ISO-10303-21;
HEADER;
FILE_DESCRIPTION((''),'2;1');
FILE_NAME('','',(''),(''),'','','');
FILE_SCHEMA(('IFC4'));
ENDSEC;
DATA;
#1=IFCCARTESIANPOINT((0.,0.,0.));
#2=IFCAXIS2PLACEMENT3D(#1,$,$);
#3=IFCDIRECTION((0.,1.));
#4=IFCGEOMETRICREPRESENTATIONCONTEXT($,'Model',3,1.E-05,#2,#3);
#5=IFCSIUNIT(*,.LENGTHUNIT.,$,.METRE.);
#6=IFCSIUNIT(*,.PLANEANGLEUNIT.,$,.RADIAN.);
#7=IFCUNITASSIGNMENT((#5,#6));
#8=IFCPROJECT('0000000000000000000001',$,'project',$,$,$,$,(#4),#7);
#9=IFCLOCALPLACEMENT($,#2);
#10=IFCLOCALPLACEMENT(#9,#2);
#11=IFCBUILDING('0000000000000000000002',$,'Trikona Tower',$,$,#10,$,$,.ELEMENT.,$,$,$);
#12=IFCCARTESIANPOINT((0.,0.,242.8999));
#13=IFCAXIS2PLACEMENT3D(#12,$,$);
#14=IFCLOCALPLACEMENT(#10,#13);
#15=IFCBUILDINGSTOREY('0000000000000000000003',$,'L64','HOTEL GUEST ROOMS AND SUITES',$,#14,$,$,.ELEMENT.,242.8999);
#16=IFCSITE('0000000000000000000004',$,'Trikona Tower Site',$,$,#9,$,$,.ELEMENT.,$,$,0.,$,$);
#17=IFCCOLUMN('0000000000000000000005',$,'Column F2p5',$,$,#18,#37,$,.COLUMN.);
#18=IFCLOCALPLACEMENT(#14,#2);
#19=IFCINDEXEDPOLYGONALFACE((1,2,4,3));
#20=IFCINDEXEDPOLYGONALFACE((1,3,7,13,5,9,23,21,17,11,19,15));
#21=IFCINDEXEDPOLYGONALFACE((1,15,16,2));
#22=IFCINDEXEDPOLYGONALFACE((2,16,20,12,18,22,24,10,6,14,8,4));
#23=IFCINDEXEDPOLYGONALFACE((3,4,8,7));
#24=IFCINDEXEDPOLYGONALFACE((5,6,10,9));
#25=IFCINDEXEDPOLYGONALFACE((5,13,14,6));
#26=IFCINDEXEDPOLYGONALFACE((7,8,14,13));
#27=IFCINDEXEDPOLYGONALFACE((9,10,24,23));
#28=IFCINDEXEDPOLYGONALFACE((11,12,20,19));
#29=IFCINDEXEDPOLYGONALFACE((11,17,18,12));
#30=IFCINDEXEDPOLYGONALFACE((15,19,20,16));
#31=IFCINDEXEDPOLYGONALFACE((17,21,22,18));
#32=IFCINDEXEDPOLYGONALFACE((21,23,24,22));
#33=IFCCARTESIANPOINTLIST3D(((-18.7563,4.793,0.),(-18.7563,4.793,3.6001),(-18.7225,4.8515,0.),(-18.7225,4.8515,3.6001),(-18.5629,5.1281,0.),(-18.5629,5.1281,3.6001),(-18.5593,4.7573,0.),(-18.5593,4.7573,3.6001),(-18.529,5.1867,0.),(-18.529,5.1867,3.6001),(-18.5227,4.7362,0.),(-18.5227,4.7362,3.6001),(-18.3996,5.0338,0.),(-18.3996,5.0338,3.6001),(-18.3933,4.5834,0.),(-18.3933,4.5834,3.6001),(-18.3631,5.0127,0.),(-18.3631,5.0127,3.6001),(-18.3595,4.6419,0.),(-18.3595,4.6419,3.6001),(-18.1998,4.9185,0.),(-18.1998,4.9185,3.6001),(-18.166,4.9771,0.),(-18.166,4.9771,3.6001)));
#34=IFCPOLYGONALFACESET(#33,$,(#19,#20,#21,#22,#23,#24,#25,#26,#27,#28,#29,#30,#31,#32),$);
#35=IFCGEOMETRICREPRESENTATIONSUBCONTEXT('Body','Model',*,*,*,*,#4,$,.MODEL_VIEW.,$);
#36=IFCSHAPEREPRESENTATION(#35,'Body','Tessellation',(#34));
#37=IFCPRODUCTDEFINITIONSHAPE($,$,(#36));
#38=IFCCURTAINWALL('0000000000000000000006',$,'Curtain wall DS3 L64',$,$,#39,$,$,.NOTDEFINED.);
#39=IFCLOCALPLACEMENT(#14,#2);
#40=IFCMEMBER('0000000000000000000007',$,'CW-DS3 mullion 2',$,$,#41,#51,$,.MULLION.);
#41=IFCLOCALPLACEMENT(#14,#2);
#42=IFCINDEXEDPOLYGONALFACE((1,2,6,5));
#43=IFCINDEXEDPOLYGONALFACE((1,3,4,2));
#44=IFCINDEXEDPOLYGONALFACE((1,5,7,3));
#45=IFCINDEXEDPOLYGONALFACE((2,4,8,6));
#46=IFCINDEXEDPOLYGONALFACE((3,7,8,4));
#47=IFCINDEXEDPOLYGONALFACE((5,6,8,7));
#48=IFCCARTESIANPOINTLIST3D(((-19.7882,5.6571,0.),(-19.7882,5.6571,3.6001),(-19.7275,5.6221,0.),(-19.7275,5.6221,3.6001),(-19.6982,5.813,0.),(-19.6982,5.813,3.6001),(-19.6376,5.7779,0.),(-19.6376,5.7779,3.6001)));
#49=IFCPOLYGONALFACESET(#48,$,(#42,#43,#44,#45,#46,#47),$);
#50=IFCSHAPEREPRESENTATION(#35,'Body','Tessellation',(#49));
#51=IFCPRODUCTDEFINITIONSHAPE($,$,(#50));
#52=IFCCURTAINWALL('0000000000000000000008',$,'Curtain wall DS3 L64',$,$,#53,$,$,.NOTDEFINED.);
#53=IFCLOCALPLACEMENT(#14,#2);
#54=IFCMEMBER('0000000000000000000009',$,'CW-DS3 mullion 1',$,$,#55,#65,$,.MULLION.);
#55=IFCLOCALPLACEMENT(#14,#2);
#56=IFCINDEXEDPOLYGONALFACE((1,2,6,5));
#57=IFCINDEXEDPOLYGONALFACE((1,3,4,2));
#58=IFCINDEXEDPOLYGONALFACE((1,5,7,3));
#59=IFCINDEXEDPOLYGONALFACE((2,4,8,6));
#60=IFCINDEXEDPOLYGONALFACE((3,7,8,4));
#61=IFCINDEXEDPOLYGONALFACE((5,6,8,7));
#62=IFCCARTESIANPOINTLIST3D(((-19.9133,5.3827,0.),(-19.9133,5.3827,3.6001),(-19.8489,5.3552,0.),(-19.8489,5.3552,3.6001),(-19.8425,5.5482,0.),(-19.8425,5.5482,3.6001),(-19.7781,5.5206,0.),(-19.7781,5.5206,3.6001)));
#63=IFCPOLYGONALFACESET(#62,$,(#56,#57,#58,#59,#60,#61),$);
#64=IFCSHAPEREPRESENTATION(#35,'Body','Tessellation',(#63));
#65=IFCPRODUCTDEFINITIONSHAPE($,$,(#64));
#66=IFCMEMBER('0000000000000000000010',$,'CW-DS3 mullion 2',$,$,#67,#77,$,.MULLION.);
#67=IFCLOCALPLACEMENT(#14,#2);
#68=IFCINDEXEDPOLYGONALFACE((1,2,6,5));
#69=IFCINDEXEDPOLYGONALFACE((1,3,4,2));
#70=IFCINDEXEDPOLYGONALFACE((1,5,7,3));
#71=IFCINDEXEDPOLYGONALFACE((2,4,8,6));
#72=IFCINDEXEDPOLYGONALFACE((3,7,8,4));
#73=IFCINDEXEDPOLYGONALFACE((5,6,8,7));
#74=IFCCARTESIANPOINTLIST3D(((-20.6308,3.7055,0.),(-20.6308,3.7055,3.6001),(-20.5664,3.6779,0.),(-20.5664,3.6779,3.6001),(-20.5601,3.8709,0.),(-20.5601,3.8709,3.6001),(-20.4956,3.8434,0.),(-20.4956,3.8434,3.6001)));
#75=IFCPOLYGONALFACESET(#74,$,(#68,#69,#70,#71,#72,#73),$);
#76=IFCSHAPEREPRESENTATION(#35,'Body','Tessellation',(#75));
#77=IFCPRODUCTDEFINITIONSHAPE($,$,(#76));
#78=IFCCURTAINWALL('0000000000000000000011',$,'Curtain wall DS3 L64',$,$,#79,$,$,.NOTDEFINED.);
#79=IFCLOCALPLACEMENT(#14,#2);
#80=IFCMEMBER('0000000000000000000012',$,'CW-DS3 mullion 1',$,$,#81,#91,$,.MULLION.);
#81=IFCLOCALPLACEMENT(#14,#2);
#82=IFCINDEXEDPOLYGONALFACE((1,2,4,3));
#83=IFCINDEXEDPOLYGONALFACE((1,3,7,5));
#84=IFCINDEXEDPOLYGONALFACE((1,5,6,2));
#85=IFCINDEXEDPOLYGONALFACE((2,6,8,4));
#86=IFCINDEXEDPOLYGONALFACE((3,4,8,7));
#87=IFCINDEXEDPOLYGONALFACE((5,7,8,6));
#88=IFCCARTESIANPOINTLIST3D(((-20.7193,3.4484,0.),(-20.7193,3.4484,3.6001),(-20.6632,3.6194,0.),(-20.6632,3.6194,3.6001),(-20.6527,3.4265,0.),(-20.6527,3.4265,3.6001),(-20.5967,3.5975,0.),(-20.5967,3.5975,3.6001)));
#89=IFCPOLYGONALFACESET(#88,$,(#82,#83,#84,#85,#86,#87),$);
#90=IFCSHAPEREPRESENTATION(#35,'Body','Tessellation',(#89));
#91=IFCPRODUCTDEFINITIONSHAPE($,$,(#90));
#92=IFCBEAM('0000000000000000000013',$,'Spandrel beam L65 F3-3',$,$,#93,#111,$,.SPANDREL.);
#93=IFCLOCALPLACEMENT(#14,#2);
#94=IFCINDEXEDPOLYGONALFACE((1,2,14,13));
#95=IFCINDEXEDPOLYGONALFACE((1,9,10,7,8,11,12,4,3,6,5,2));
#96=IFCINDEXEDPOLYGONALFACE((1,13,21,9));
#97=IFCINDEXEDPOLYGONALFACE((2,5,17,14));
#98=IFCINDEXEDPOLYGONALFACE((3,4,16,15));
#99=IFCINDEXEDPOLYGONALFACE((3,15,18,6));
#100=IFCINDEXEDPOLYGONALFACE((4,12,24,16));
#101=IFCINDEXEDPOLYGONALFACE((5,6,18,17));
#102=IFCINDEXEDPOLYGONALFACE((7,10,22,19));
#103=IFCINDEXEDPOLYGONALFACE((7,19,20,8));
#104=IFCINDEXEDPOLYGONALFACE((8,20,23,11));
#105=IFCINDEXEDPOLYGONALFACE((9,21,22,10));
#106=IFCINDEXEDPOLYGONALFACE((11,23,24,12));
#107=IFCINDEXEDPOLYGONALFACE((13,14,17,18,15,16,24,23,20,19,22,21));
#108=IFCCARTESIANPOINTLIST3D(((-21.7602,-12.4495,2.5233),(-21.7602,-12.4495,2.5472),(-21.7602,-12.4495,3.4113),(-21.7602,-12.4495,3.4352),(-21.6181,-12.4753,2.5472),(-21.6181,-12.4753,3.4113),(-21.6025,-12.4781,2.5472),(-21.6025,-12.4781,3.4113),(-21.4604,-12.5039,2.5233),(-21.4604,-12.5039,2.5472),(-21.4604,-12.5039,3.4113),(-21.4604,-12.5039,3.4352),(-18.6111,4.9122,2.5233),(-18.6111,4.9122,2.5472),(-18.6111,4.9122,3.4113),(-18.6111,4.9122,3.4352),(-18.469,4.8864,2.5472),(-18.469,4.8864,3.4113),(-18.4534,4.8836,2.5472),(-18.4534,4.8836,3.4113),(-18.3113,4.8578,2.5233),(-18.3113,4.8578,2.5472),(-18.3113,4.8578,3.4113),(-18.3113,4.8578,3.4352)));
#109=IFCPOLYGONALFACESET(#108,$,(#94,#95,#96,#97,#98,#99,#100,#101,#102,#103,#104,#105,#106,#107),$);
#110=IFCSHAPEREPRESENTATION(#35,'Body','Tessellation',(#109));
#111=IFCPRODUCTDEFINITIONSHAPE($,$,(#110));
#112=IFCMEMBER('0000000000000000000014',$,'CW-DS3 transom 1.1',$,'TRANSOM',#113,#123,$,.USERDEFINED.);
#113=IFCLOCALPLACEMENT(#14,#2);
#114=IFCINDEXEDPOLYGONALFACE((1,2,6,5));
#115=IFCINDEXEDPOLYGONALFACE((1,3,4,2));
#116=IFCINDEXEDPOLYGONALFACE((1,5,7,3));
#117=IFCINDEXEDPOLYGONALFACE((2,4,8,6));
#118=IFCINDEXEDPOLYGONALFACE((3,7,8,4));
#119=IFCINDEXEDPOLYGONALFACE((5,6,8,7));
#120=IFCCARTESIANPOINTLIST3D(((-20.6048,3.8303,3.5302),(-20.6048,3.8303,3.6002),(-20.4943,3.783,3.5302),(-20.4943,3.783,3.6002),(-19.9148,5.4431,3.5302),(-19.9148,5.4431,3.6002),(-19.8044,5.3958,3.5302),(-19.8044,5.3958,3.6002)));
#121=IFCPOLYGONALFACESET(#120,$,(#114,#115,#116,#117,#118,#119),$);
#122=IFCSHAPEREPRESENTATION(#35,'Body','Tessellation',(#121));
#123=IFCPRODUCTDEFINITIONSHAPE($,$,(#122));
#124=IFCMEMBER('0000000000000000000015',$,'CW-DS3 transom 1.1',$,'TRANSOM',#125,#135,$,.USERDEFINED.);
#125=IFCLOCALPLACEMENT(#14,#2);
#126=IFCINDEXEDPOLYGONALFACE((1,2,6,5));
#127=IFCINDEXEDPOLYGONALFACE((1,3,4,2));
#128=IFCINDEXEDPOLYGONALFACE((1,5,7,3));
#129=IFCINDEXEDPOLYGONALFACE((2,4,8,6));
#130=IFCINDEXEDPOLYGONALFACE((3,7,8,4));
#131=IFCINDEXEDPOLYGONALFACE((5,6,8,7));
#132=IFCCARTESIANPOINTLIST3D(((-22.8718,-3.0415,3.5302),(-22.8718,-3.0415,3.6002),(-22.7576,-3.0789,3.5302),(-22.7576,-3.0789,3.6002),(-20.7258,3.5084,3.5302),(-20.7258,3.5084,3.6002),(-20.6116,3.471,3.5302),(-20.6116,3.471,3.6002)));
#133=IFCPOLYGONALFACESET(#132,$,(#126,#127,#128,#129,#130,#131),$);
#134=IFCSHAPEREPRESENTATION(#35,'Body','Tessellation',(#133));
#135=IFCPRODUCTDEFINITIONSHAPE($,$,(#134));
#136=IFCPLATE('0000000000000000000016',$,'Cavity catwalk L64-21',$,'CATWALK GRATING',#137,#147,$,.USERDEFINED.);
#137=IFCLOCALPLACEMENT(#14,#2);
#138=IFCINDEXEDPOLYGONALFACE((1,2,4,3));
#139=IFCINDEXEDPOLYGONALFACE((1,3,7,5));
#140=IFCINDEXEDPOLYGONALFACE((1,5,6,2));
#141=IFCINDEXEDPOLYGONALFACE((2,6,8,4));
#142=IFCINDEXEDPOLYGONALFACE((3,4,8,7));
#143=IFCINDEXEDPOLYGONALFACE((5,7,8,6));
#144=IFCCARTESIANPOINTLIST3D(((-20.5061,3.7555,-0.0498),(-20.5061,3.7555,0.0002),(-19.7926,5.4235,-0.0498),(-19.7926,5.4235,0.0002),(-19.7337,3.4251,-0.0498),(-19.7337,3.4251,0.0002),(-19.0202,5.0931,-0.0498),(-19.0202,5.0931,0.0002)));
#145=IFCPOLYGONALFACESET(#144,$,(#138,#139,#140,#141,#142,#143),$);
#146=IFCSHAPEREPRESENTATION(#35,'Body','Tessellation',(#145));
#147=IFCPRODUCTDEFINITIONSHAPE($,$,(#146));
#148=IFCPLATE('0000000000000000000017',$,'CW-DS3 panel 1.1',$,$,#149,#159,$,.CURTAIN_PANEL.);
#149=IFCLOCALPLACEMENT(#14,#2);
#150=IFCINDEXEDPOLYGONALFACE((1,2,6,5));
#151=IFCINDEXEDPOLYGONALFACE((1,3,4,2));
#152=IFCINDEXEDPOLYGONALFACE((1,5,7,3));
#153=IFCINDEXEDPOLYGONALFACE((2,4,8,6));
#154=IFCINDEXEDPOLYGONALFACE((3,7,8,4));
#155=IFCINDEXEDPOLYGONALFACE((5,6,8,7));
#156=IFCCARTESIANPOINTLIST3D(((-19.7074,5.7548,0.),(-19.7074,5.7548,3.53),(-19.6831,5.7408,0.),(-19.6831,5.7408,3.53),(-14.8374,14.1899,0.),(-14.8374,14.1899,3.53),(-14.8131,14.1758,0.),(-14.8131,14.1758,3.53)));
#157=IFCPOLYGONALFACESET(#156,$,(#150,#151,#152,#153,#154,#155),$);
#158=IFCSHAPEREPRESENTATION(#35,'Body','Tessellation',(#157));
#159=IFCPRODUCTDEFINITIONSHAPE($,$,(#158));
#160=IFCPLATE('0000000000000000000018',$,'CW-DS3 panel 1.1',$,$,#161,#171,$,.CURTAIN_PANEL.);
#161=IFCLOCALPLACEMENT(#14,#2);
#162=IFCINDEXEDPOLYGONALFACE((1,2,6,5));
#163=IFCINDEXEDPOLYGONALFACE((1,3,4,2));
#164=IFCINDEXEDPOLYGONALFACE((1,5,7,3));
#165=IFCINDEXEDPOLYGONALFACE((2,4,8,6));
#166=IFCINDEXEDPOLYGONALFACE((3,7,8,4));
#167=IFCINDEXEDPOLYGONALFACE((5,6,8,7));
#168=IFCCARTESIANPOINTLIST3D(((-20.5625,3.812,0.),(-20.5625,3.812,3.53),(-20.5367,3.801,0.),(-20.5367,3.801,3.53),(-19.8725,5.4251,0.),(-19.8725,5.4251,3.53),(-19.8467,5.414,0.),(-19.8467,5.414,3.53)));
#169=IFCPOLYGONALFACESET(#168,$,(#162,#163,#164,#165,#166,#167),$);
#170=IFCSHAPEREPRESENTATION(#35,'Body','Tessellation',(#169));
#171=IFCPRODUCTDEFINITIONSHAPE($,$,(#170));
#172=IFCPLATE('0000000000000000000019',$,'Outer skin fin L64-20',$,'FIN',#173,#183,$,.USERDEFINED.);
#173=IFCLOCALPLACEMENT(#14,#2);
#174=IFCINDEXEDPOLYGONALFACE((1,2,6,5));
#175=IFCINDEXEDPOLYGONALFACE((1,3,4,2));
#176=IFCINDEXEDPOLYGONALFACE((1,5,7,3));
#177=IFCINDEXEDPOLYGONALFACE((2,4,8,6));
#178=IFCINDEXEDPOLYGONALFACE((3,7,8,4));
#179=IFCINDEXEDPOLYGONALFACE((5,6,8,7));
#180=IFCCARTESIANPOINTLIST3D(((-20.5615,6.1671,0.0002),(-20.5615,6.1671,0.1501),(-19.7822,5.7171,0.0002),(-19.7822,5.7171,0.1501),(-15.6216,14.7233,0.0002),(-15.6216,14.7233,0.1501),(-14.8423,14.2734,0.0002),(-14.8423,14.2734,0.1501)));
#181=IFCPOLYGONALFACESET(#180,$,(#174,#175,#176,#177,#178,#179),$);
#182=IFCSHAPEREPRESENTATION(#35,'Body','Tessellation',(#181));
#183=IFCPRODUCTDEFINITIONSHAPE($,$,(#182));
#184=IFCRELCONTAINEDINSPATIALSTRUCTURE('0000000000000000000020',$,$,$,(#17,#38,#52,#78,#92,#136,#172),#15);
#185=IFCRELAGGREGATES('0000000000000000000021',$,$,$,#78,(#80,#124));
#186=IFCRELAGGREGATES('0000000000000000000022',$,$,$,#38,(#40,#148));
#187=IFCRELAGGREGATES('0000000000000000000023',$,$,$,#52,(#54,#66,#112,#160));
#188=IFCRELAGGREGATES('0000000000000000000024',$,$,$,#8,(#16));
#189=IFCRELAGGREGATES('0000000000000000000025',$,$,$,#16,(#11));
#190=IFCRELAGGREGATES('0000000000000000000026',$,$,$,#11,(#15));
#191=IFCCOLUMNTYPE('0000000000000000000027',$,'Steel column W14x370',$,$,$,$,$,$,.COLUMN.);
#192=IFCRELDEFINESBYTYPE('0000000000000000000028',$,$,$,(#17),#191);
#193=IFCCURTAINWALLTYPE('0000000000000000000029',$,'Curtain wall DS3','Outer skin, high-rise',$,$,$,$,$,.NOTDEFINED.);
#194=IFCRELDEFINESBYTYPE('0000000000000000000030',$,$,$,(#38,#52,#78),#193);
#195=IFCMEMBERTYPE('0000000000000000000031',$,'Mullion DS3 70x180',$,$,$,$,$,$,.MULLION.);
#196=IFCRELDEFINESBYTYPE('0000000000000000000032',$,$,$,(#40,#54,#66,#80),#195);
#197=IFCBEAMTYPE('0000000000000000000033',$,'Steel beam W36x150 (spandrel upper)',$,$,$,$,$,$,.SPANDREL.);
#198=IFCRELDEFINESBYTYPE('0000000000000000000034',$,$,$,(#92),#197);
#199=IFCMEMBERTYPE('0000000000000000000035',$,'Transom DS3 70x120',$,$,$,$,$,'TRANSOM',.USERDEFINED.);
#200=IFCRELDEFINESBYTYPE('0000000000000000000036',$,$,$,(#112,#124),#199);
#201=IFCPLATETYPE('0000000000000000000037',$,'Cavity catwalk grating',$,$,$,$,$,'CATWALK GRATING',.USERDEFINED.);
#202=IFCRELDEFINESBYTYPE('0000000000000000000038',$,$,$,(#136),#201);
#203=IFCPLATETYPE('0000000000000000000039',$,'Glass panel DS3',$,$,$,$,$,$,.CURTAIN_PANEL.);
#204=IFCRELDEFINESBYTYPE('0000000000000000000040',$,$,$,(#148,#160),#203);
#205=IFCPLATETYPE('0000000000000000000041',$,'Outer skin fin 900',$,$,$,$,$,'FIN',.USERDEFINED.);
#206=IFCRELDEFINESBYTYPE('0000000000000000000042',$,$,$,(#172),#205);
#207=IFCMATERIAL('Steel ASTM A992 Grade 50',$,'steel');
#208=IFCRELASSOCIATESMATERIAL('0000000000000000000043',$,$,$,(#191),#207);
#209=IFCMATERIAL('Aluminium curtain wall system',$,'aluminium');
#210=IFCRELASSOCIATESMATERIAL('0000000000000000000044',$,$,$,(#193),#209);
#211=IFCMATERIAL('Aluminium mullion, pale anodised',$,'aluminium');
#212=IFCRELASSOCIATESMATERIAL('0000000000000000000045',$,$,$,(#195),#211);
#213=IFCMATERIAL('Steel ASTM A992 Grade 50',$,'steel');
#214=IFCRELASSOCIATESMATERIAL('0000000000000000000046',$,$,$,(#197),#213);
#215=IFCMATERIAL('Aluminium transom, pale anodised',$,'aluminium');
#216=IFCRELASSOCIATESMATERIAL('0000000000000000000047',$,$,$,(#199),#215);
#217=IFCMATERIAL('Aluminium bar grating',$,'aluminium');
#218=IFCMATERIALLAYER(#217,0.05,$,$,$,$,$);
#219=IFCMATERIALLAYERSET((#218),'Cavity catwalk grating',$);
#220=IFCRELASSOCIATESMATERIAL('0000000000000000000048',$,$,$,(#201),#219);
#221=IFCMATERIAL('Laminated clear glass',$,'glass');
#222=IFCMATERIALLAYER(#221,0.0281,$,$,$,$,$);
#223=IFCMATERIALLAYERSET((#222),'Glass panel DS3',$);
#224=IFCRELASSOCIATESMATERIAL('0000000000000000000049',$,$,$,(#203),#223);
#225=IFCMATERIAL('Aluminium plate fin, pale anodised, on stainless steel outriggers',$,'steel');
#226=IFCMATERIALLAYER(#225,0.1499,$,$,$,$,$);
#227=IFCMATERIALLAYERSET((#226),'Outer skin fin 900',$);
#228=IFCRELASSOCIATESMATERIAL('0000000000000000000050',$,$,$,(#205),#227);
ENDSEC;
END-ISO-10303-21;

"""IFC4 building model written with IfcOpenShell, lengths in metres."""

from ifc_helpers import new_model, si_unit, direction, frame, origin, origin_2d, place, context, subcontext, project, spatial, rectangle, i_section, extrude, material, layer, layer_set, material_profile, profile_set, type_object, element, aggregate, save


model = new_model("IFC4")

# Units and contexts
model_context = context("Model", 3, precision=1e-05, world=origin(), true_north=direction((0.0, 1.0)))
body_context = subcontext(model_context, "Body", "Model", "MODEL_VIEW")
ifc_project = project(units=[si_unit("LENGTHUNIT", "METRE"), si_unit("PLANEANGLEUNIT", "RADIAN")], contexts=[model_context])

# Site, building, storey
site_placement = place(None, origin())
site = spatial("IfcSite", under=ifc_project, at=site_placement, Name="Trikona Tower Site", CompositionType="ELEMENT", RefElevation=0.0)
building_placement = place(site_placement, origin())
building = spatial("IfcBuilding", under=site, at=building_placement, Name="Trikona Tower", CompositionType="ELEMENT")
storey_placement = place(building_placement, frame((0.0, 0.0, 242.8999)))
storey = spatial("IfcBuildingStorey", under=building, at=storey_placement, Name="L64", Description="HOTEL GUEST ROOMS AND SUITES", CompositionType="ELEMENT", Elevation=242.8999)

# Column
ifc_material_1 = material(Name="Steel ASTM A992 Grade 50", Category="steel")
ifc_material_profile_1 = material_profile(ifc_material_1, i_section(OverallWidth=0.4192, OverallDepth=0.4546, WebThickness=0.0422, FlangeThickness=0.0676, at=origin_2d()), Name="W14X370")
ifc_profile_set_1 = profile_set([ifc_material_profile_1], Name="Steel ASTM A992 Grade 50")
column_type = type_object("IfcColumnType", Name="Steel column W14x370", PredefinedType="COLUMN", material=ifc_profile_set_1)
column_placement = place(storey_placement, frame((-18.4612, 4.885, 0.0), z_axis=(0.0, 0.0, 1.0), x_axis=(-0.866025, 0.5, 0.0)))
element("IfcColumn", 1, at=column_placement, inside=storey, type_object=column_type, Name="Column F2p5", PredefinedType="COLUMN", context=body_context, shape_type="SweptSolid", body=[
    extrude(i_section(OverallWidth=0.4192, OverallDepth=0.4546, WebThickness=0.0422, FlangeThickness=0.0676, at=origin_2d()), origin(), (0.0, 0.0, 1.0), 3.6001),
])

# Curtain wall, member
ifc_material_2 = material(Name="Aluminium curtain wall system", Category="aluminium")
curtain_wall_type = type_object("IfcCurtainWallType", Name="Curtain wall DS3", Description="Outer skin, high-rise", PredefinedType="NOTDEFINED", material=ifc_material_2)
curtain_wall_1_placement = place(storey_placement, origin())
curtain_wall_1 = element("IfcCurtainWall", 2, at=curtain_wall_1_placement, inside=storey, type_object=curtain_wall_type, Name="Curtain wall DS3 L64", PredefinedType="NOTDEFINED")
ifc_material_3 = material(Name="Aluminium mullion, pale anodised", Category="aluminium")
ifc_material_profile_2 = material_profile(ifc_material_3, rectangle(XDim=0.0701, YDim=0.1799, at=origin_2d()), Name="MUL-DS3")
ifc_profile_set_2 = profile_set([ifc_material_profile_2], Name="Aluminium mullion, pale anodised")
member_type_1 = type_object("IfcMemberType", Name="Mullion DS3 70x180", PredefinedType="MULLION", material=ifc_profile_set_2)
member_1_placement = place(storey_placement, frame((-19.7129, 5.7175, 0.0), z_axis=(0.0, 0.0, 1.0), x_axis=(0.866025, -0.500001, 0.0)))
member_1 = element("IfcMember", 3, at=member_1_placement, type_object=member_type_1, Name="CW-DS3 mullion 2", PredefinedType="MULLION", context=body_context, shape_type="SweptSolid", body=[
    extrude(rectangle(XDim=0.0701, YDim=0.1799, at=origin_2d()), origin(), (0.0, 0.0, 1.0), 3.6001),
])

# Curtain wall, members
curtain_wall_2_placement = place(storey_placement, origin())
curtain_wall_2 = element("IfcCurtainWall", 4, at=curtain_wall_2_placement, inside=storey, type_object=curtain_wall_type, Name="Curtain wall DS3 L64", PredefinedType="NOTDEFINED")
member_2_placement = place(storey_placement, frame((-19.8457, 5.4517, 0.0), z_axis=(0.0, 0.0, 1.0), x_axis=(0.919421, -0.393276, 0.0)))
member_2 = element("IfcMember", 5, at=member_2_placement, type_object=member_type_1, Name="CW-DS3 mullion 1", PredefinedType="MULLION", context=body_context, shape_type="SweptSolid", body=[
    extrude(rectangle(XDim=0.0701, YDim=0.1799, at=origin_2d()), origin(), (0.0, 0.0, 1.0), 3.6001),
])
member_3_placement = place(storey_placement, frame((-20.5632, 3.7744, 0.0), z_axis=(0.0, 0.0, 1.0), x_axis=(0.919421, -0.393276, 0.0)))
member_3 = element("IfcMember", 6, at=member_3_placement, type_object=member_type_1, Name="CW-DS3 mullion 2", PredefinedType="MULLION", context=body_context, shape_type="SweptSolid", body=[
    extrude(rectangle(XDim=0.0701, YDim=0.1799, at=origin_2d()), origin(), (0.0, 0.0, 1.0), 3.6001),
])

# Curtain wall, member
curtain_wall_3_placement = place(storey_placement, origin())
curtain_wall_3 = element("IfcCurtainWall", 7, at=curtain_wall_3_placement, inside=storey, type_object=curtain_wall_type, Name="Curtain wall DS3 L64", PredefinedType="NOTDEFINED")
member_4_placement = place(storey_placement, frame((-20.658, 3.5229, 0.0), z_axis=(0.0, 0.0, 1.0), x_axis=(0.950297, -0.311344, 0.0)))
member_4 = element("IfcMember", 8, at=member_4_placement, type_object=member_type_1, Name="CW-DS3 mullion 1", PredefinedType="MULLION", context=body_context, shape_type="SweptSolid", body=[
    extrude(rectangle(XDim=0.0701, YDim=0.1799, at=origin_2d()), origin(), (0.0, 0.0, 1.0), 3.6001),
])

# Beam
ifc_material_4 = material(Name="Steel ASTM A992 Grade 50", Category="steel")
ifc_material_profile_3 = material_profile(ifc_material_4, i_section(OverallWidth=0.3047, OverallDepth=0.9119, WebThickness=0.0159, FlangeThickness=0.0239, at=origin_2d()), Name="W36X150")
ifc_profile_set_3 = profile_set([ifc_material_profile_3], Name="Steel ASTM A992 Grade 50")
beam_type = type_object("IfcBeamType", Name="Steel beam W36x150 (spandrel upper)", PredefinedType="SPANDREL", material=ifc_profile_set_3)
beam_placement = place(storey_placement, frame((-18.4612, 4.885, 2.9792), z_axis=(-0.178473, -0.983945, 0.0), x_axis=(0.983945, -0.178473, 0.0)))
element("IfcBeam", 9, at=beam_placement, inside=storey, type_object=beam_type, Name="Spandrel beam L65 F3-3", PredefinedType="SPANDREL", context=body_context, shape_type="SweptSolid", body=[
    extrude(i_section(OverallWidth=0.3047, OverallDepth=0.9119, WebThickness=0.0159, FlangeThickness=0.0239, at=origin_2d()), origin(), (0.0, 0.0, 1.0), 17.645),
])

# Members
ifc_material_5 = material(Name="Aluminium transom, pale anodised", Category="aluminium")
ifc_material_profile_4 = material_profile(ifc_material_5, rectangle(XDim=0.1201, YDim=0.0701, at=origin_2d()), Name="TRN-DS3")
ifc_profile_set_4 = profile_set([ifc_material_profile_4], Name="Aluminium transom, pale anodised")
member_type_2 = type_object("IfcMemberType", Name="Transom DS3 70x120", ElementType="TRANSOM", PredefinedType="USERDEFINED", material=ifc_profile_set_4)
member_5_placement = place(storey_placement, frame((-19.8596, 5.4194, 3.5652), z_axis=(-0.393315, -0.919404, 0.0), x_axis=(0.919404, -0.393315, 0.0)))
member_5 = element("IfcMember", 10, at=member_5_placement, type_object=member_type_2, Name="CW-DS3 transom 1.1", ObjectType="TRANSOM", PredefinedType="USERDEFINED", context=body_context, shape_type="SweptSolid", body=[
    extrude(rectangle(XDim=0.1201, YDim=0.0701, at=origin_2d()), origin(), (0.0, 0.0, 1.0), 1.7542),
])
member_6_placement = place(storey_placement, frame((-20.6687, 3.4897, 3.5652), z_axis=(-0.311346, -0.950297, 0.0), x_axis=(0.950297, -0.311346, 0.0)))
member_6 = element("IfcMember", 11, at=member_6_placement, type_object=member_type_2, Name="CW-DS3 transom 1.1", ObjectType="TRANSOM", PredefinedType="USERDEFINED", context=body_context, shape_type="SweptSolid", body=[
    extrude(rectangle(XDim=0.1201, YDim=0.0701, at=origin_2d()), origin(), (0.0, 0.0, 1.0), 6.8926),
])
aggregate(curtain_wall_3, [member_4, member_6])

# Plates
ifc_material_6 = material(Name="Aluminium bar grating", Category="aluminium")
ifc_layer_1 = layer(ifc_material_6, 0.05)
ifc_layer_set_1 = layer_set([ifc_layer_1], Name="Cavity catwalk grating")
plate_type_1 = type_object("IfcPlateType", Name="Cavity catwalk grating", ElementType="CATWALK GRATING", PredefinedType="USERDEFINED", material=ifc_layer_set_1)
plate_1_placement = place(storey_placement, frame((-19.7632, 4.4243, -0.0498), z_axis=(0.0, 0.0, 1.0), x_axis=(-0.393284, -0.919417, 0.0)))
element("IfcPlate", 12, at=plate_1_placement, inside=storey, type_object=plate_type_1, Name="Cavity catwalk L64-21", ObjectType="CATWALK GRATING", PredefinedType="USERDEFINED", context=body_context, shape_type="SweptSolid", body=[
    extrude(rectangle(XDim=1.8142, YDim=0.8401, at=origin_2d()), origin(), (0.0, 0.0, 1.0), 0.05),
])
ifc_material_7 = material(Name="Laminated clear glass", Category="glass")
ifc_layer_2 = layer(ifc_material_7, 0.0281)
ifc_layer_set_2 = layer_set([ifc_layer_2], Name="Glass panel DS3")
plate_type_2 = type_object("IfcPlateType", Name="Glass panel DS3", PredefinedType="CURTAIN_PANEL", material=ifc_layer_set_2)
plate_2_placement = place(storey_placement, frame((-17.2603, 9.9653, 0.0), z_axis=(0.0, 0.0, 1.0), x_axis=(-0.500001, -0.866025, 0.0)))
plate_2 = element("IfcPlate", 13, at=plate_2_placement, type_object=plate_type_2, Name="CW-DS3 panel 1.1", PredefinedType="CURTAIN_PANEL", context=body_context, shape_type="SweptSolid", body=[
    extrude(rectangle(XDim=9.74, YDim=0.0281, at=origin_2d()), origin(), (0.0, 0.0, 1.0), 3.53),
])
aggregate(curtain_wall_1, [member_1, plate_2])
plate_3_placement = place(storey_placement, frame((-20.2046, 4.613, 0.0), z_axis=(0.0, 0.0, 1.0), x_axis=(-0.393276, -0.919421, 0.0)))
plate_3 = element("IfcPlate", 14, at=plate_3_placement, type_object=plate_type_2, Name="CW-DS3 panel 1.1", PredefinedType="CURTAIN_PANEL", context=body_context, shape_type="SweptSolid", body=[
    extrude(rectangle(XDim=1.7544, YDim=0.0281, at=origin_2d()), origin(), (0.0, 0.0, 1.0), 3.53),
])
aggregate(curtain_wall_2, [member_2, member_3, member_5, plate_3])

# Plate
ifc_material_8 = material(Name="Aluminium plate fin, pale anodised, on stainless steel outriggers", Category="steel")
ifc_layer_3 = layer(ifc_material_8, 0.1499)
ifc_layer_set_3 = layer_set([ifc_layer_3], Name="Outer skin fin 900")
plate_type_3 = type_object("IfcPlateType", Name="Outer skin fin 900", ElementType="FIN", PredefinedType="USERDEFINED", material=ifc_layer_set_3)
plate_4_placement = place(storey_placement, frame((-17.7019, 10.2202, 0.0002), z_axis=(0.0, 0.0, 1.0), x_axis=(-0.499998, -0.866026, 0.0)))
element("IfcPlate", 15, at=plate_4_placement, inside=storey, type_object=plate_type_3, Name="Outer skin fin L64-20", ObjectType="FIN", PredefinedType="USERDEFINED", context=body_context, shape_type="SweptSolid", body=[
    extrude(rectangle(XDim=9.8799, YDim=0.8999, at=origin_2d()), origin(), (0.0, 0.0, 1.0), 0.1499),
])

save(model, "model.ifc")
